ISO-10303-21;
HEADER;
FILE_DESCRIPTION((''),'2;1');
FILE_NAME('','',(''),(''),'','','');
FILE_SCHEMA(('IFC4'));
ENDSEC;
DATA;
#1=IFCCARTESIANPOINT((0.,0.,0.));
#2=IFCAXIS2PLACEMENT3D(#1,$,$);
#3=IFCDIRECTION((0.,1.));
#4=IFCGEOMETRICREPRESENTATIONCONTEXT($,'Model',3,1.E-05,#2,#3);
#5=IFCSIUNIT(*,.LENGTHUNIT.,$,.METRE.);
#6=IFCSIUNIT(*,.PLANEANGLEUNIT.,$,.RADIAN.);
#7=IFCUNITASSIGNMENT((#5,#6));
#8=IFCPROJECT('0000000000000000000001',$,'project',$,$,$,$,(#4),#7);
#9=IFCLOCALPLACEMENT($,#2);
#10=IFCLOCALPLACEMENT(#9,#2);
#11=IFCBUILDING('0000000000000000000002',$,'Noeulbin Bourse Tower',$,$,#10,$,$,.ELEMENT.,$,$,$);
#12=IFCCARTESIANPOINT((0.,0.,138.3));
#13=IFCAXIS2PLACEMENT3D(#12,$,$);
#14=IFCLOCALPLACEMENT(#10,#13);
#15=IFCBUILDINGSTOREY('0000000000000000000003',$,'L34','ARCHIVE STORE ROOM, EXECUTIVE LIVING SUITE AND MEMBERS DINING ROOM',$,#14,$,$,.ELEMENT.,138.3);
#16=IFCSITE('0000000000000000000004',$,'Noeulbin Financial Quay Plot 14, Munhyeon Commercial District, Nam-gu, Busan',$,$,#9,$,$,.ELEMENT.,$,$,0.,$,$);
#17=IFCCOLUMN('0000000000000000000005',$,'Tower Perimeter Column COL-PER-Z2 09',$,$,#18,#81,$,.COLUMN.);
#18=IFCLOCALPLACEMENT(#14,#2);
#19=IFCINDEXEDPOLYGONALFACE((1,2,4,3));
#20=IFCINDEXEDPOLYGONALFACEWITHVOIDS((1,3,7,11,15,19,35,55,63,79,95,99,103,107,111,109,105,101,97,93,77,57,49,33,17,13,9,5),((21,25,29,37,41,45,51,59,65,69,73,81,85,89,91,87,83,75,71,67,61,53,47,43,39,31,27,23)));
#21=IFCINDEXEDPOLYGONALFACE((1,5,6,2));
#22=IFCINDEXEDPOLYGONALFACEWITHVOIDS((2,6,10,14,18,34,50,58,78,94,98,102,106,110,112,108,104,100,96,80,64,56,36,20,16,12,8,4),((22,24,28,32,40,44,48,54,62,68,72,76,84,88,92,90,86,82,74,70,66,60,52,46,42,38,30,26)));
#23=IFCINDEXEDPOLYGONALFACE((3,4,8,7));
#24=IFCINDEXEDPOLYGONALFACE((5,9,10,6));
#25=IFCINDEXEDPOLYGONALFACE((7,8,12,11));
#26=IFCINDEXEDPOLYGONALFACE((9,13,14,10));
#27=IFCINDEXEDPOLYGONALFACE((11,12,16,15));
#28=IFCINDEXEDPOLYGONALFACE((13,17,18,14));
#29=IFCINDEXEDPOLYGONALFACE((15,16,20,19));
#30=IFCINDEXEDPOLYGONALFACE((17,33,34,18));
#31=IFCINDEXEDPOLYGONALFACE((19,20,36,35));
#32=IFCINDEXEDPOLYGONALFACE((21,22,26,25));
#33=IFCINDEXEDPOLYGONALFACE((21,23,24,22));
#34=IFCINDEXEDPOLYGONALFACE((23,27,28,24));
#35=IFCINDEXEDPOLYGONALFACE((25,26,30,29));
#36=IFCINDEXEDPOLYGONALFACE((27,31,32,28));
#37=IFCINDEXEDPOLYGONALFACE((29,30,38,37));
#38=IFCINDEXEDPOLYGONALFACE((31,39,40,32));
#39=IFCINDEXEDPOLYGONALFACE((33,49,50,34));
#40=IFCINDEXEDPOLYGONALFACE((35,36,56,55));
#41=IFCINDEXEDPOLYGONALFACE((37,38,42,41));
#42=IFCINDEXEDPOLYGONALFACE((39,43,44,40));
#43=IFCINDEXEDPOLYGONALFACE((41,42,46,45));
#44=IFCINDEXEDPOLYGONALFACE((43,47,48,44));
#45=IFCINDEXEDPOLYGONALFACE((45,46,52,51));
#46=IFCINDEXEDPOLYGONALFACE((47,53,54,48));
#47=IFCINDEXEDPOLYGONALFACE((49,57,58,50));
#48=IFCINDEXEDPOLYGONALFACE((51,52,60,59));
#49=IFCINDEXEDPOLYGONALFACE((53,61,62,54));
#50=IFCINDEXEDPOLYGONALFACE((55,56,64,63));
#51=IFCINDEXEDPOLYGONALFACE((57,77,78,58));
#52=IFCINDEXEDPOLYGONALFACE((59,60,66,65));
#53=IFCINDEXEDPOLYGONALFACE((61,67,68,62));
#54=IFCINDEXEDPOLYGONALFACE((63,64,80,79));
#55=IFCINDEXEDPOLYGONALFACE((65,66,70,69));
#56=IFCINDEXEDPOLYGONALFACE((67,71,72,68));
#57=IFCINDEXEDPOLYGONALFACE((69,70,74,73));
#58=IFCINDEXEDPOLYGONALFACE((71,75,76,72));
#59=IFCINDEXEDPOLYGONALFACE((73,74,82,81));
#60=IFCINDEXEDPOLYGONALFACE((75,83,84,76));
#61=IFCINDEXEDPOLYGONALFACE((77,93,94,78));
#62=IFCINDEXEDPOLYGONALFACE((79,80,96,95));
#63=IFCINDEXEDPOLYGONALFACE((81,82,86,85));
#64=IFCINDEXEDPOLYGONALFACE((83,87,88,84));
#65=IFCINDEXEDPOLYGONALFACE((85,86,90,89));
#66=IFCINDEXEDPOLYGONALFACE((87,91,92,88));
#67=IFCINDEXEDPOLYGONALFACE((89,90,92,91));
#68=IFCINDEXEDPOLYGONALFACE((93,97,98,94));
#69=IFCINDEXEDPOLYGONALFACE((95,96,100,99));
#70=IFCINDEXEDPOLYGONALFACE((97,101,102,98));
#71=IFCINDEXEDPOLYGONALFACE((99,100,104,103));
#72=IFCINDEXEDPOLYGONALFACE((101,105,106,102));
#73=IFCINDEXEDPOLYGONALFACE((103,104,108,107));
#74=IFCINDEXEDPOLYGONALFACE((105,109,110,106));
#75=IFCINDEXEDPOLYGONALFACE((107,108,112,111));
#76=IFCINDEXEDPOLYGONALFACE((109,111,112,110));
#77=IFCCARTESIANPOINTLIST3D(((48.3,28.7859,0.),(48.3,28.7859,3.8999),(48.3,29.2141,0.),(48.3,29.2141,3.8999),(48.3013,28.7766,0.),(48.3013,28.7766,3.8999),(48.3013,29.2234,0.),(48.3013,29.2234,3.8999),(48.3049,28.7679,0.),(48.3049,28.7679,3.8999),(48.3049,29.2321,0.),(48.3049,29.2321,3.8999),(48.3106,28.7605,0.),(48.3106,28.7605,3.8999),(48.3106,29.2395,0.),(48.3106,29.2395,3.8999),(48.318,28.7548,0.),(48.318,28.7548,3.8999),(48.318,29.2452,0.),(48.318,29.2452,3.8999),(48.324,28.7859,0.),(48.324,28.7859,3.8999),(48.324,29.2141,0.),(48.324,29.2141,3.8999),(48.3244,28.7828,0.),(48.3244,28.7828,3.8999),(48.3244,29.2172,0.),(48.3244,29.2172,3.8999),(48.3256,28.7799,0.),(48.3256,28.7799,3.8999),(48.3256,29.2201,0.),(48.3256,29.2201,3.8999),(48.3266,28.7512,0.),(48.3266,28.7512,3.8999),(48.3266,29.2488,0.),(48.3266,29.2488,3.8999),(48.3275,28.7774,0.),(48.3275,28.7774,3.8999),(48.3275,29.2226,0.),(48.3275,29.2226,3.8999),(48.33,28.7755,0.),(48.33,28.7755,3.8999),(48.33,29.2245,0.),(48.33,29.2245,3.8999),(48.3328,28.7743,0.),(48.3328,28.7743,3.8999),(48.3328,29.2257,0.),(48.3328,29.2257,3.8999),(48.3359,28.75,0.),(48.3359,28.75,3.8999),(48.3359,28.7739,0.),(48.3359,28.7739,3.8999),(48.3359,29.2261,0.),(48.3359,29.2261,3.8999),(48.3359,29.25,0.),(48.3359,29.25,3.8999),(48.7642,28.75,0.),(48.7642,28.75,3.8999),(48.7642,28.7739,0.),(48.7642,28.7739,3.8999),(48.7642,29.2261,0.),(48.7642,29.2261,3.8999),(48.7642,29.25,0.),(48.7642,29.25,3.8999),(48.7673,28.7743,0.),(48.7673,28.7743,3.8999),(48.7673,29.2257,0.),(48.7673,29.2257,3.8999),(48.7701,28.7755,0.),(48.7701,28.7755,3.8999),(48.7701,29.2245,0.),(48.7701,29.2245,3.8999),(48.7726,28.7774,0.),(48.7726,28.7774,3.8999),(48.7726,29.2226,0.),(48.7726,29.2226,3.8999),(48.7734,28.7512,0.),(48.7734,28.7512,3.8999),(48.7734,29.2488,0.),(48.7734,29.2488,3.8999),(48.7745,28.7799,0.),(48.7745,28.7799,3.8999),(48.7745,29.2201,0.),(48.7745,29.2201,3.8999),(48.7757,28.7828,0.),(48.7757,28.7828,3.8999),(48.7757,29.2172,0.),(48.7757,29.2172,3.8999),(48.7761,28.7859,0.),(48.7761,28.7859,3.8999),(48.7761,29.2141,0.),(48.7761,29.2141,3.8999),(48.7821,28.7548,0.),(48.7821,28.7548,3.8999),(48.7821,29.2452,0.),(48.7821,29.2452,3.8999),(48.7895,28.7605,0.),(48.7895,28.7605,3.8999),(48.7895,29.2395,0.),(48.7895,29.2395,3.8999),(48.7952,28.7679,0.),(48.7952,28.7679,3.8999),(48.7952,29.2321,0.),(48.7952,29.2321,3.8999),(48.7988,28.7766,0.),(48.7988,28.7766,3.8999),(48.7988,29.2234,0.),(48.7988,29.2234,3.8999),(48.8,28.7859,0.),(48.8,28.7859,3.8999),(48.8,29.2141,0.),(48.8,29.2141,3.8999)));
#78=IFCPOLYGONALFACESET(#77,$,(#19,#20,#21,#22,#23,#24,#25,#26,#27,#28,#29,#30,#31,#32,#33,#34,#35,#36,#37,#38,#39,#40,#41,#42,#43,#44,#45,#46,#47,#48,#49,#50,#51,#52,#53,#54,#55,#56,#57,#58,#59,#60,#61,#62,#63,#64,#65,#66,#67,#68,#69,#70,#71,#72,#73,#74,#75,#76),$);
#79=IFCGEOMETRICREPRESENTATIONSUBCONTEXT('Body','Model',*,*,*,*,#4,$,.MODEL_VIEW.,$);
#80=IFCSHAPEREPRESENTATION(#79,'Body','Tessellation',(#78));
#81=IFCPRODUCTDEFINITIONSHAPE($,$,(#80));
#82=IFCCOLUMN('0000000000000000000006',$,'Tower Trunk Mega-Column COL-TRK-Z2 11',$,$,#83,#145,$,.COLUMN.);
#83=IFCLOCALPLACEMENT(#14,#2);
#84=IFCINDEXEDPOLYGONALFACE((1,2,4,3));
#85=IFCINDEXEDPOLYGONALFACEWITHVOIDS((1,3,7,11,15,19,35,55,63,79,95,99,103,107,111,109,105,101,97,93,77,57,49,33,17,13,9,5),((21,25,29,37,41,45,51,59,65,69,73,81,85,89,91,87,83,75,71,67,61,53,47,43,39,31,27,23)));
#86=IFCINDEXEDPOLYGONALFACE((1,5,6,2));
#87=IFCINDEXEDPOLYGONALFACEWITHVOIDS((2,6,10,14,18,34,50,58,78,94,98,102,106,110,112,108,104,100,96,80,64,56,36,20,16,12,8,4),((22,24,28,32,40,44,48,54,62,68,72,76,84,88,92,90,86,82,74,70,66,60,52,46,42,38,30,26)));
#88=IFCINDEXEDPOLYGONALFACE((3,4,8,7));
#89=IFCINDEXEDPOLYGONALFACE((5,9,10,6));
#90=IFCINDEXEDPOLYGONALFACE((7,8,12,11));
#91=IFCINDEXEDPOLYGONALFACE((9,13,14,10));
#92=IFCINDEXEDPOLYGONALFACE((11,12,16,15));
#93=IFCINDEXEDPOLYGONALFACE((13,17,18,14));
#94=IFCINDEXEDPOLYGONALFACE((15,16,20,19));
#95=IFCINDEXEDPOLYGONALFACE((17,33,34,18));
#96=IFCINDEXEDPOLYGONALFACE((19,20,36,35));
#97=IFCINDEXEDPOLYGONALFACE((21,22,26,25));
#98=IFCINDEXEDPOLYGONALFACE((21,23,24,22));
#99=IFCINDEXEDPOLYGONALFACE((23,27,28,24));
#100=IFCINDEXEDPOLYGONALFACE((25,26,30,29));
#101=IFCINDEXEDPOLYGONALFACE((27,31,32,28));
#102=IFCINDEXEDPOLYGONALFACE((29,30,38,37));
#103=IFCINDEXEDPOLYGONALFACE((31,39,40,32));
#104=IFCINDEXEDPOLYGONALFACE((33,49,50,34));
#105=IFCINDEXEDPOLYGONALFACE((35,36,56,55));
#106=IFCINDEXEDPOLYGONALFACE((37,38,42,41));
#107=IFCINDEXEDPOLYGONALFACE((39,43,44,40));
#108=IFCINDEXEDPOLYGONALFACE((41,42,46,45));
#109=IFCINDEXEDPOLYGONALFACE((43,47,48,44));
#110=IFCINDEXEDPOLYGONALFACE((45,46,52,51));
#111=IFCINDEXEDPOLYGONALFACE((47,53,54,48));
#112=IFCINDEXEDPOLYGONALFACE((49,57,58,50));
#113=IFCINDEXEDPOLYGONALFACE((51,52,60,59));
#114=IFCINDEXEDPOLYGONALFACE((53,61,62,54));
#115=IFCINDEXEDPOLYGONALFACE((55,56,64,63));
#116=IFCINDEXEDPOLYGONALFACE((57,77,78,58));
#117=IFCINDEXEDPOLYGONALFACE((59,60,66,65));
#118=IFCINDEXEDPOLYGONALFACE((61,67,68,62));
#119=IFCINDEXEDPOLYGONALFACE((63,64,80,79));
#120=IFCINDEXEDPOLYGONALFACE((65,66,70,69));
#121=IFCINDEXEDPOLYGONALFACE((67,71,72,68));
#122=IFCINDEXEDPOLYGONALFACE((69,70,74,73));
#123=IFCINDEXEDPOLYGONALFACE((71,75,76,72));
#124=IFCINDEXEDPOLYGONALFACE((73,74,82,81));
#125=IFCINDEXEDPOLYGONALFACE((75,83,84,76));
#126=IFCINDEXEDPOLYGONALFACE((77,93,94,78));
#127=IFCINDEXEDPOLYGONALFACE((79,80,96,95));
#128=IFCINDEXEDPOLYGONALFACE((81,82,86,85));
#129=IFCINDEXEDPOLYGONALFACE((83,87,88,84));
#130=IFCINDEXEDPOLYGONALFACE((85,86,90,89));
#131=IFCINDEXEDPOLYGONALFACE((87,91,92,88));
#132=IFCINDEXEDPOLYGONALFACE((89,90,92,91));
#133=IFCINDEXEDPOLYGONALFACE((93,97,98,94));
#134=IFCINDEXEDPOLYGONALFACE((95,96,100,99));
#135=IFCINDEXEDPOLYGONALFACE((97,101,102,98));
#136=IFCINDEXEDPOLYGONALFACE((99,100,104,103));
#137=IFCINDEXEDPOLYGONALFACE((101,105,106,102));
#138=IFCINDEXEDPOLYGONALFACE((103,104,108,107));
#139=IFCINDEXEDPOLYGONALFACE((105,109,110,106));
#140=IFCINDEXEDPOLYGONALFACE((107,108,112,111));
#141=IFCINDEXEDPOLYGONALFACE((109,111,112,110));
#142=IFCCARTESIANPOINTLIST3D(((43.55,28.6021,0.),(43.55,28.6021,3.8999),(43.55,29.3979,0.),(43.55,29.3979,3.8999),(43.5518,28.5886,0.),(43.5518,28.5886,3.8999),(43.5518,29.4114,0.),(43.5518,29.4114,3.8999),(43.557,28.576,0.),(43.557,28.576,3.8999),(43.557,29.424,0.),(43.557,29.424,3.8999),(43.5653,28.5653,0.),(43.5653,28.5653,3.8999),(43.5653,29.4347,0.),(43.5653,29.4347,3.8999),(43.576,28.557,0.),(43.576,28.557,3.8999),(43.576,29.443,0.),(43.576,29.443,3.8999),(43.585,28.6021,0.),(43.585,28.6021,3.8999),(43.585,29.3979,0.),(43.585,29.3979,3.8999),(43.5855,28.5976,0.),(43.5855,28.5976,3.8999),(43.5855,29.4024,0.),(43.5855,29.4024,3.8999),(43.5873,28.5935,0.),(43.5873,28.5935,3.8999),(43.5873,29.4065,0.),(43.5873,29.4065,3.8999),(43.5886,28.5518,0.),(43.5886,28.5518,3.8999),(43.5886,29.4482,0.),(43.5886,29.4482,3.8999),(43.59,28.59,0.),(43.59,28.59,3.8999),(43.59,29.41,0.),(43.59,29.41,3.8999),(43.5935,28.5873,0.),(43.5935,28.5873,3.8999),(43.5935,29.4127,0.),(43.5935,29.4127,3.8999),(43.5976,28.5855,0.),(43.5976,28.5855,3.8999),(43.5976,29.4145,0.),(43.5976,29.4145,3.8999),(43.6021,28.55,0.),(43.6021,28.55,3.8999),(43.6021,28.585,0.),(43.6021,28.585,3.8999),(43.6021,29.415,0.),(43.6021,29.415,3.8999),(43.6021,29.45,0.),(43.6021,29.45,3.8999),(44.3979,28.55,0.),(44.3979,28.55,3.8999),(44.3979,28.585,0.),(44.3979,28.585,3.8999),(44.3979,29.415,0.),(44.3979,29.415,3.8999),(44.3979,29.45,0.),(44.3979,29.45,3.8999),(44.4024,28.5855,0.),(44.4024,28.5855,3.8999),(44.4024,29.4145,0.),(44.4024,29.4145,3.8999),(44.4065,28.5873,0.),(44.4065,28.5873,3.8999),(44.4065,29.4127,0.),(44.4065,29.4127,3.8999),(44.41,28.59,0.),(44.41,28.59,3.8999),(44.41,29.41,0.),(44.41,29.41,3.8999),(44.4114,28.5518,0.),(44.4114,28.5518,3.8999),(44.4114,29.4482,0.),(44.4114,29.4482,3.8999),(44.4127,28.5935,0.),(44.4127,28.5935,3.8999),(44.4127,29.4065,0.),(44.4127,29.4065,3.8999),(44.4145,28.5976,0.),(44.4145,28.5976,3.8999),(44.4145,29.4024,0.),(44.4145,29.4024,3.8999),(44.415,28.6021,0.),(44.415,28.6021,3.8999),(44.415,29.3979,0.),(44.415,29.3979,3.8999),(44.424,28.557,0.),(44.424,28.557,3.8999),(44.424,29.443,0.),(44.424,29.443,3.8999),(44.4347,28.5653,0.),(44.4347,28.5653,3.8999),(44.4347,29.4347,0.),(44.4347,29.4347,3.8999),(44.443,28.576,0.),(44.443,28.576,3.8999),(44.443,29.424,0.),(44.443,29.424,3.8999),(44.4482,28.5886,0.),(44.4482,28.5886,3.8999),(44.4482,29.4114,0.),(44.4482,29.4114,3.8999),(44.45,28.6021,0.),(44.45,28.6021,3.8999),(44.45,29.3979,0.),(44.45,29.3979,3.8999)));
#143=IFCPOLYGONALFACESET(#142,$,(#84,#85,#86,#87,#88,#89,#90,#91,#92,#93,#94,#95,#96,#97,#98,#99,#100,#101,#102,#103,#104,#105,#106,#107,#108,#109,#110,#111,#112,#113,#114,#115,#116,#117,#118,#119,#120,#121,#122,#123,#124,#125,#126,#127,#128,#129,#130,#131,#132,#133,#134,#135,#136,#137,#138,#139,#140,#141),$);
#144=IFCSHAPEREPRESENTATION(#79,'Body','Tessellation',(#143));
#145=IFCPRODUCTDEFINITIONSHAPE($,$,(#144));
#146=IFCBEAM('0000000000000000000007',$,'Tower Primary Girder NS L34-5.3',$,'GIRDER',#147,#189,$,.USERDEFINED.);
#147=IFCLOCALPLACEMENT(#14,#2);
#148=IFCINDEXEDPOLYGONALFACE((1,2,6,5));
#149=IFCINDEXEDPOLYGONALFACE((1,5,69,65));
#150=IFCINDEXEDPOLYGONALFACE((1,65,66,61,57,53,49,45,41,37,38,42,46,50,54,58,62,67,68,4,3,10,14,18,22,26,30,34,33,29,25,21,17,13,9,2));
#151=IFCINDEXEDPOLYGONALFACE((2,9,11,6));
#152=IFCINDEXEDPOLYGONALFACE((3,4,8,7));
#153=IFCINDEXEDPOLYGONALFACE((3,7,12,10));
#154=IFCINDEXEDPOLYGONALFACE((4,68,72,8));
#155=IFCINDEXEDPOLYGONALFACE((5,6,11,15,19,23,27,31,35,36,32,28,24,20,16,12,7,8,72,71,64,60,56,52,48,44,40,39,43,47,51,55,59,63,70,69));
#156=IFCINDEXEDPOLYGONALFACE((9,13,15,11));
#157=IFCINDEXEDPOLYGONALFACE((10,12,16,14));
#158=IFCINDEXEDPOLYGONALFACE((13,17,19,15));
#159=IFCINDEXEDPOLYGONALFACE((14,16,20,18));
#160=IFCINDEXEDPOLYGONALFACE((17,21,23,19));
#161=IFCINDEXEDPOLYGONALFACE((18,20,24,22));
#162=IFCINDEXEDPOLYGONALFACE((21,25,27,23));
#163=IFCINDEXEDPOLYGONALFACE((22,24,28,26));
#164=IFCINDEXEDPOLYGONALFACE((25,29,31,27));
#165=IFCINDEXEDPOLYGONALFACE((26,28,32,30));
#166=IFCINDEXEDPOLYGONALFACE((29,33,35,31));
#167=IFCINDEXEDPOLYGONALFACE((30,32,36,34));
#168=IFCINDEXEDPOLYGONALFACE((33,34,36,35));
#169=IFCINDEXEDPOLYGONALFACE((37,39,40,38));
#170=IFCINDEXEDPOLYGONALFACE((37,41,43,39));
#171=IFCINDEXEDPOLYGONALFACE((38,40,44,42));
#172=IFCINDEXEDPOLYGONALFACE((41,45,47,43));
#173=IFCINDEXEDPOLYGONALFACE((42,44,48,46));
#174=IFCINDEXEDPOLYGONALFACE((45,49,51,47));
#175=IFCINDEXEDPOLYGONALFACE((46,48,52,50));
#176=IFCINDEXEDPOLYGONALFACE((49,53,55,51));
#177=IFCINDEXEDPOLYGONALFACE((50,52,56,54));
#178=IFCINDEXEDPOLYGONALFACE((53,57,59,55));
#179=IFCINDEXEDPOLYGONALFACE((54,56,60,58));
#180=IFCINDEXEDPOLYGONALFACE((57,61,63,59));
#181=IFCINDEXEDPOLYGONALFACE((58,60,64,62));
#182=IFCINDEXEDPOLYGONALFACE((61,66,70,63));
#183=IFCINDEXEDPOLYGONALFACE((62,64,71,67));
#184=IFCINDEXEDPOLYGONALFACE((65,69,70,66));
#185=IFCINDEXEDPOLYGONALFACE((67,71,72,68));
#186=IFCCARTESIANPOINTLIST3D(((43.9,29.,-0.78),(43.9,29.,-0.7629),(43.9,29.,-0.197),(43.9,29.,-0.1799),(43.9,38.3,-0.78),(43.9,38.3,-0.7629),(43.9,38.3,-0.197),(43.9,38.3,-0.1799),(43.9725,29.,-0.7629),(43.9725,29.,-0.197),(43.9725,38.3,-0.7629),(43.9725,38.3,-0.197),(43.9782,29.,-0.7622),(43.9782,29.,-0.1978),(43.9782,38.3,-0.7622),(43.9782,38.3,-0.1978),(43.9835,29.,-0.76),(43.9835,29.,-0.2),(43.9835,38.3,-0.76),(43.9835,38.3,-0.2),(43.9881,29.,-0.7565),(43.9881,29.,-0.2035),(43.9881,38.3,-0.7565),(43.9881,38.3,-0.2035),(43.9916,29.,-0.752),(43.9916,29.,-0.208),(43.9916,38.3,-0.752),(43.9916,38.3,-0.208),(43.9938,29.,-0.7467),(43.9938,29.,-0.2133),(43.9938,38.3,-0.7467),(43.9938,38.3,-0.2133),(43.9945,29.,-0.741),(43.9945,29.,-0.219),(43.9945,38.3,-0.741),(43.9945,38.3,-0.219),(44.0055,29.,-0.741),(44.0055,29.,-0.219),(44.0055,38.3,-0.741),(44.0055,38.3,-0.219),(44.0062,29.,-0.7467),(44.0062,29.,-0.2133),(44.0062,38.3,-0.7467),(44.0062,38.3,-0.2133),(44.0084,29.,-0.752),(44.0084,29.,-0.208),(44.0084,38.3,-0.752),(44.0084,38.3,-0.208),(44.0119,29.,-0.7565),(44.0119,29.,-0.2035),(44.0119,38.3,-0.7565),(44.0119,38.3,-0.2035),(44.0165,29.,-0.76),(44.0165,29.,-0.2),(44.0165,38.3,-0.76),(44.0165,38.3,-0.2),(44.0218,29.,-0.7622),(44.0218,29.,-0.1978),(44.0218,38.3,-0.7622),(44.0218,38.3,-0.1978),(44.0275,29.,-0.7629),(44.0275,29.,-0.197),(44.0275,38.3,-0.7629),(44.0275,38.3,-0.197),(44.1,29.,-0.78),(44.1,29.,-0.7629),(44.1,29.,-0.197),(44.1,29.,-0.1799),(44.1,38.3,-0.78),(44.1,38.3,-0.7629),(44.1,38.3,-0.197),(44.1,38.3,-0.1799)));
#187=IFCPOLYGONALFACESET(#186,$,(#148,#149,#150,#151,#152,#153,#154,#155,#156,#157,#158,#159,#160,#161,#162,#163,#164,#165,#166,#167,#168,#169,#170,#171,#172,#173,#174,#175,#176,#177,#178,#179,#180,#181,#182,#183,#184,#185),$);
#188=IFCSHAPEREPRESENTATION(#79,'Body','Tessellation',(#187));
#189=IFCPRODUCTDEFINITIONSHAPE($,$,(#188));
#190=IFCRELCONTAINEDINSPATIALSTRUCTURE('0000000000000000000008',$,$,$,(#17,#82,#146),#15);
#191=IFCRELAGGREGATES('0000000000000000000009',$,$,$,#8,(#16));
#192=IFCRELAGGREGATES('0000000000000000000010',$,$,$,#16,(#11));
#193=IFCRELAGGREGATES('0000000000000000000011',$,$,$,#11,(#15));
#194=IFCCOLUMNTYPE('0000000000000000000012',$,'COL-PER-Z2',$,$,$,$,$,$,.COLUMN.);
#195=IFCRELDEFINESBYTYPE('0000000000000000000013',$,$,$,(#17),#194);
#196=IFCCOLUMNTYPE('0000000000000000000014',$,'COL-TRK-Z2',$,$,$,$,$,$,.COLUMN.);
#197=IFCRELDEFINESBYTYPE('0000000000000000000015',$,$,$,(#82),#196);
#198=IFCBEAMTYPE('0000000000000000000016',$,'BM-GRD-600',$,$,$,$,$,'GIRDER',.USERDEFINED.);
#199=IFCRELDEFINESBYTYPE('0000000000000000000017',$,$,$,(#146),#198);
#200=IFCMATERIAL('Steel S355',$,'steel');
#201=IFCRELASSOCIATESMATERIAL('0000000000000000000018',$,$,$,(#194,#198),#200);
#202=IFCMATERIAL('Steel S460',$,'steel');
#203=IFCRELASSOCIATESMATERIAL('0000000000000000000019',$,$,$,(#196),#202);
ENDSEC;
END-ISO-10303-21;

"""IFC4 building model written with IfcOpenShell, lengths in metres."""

from ifc_helpers import new_model, si_unit, direction, frame, origin, origin_2d, place, context, subcontext, project, spatial, hollow_rectangle, i_section, extrude, material, material_profile, profile_set, type_object, element, save


model = new_model("IFC4")

# Units and contexts
model_context = context("Model", 3, precision=1e-05, world=origin(), true_north=direction((0.0, 1.0)))
body_context = subcontext(model_context, "Body", "Model", "MODEL_VIEW")
ifc_project = project(units=[si_unit("LENGTHUNIT", "METRE"), si_unit("PLANEANGLEUNIT", "RADIAN")], contexts=[model_context])

# Site, building, storey
site_placement = place(None, origin())
site = spatial("IfcSite", under=ifc_project, at=site_placement, Name="Noeulbin Financial Quay Plot 14, Munhyeon Commercial District, Nam-gu, Busan", CompositionType="ELEMENT", RefElevation=0.0)
building_placement = place(site_placement, origin())
building = spatial("IfcBuilding", under=site, at=building_placement, Name="Noeulbin Bourse Tower", CompositionType="ELEMENT")
storey_placement = place(building_placement, frame((0.0, 0.0, 138.3)))
storey = spatial("IfcBuildingStorey", under=building, at=storey_placement, Name="L34", Description="ARCHIVE STORE ROOM, EXECUTIVE LIVING SUITE AND MEMBERS DINING ROOM", CompositionType="ELEMENT", Elevation=138.3)

# Columns
ifc_material_1 = material(Name="Steel S355", Category="steel")
ifc_material_profile_1 = material_profile(ifc_material_1, hollow_rectangle(XDim=0.5, YDim=0.5, WallThickness=0.0239, InnerFilletRadius=0.012, OuterFilletRadius=0.0359, at=origin_2d()), Name="BOX-500x500x24", Category="LoadBearing")
ifc_profile_set_1 = profile_set([ifc_material_profile_1], Name="Steel S355")
column_type_1 = type_object("IfcColumnType", Name="COL-PER-Z2", PredefinedType="COLUMN", material=ifc_profile_set_1)
column_1_placement = place(storey_placement, frame((48.55, 29.0, 0.0), z_axis=(0.0, 0.0, 1.0), x_axis=(1.0, 0.0, 0.0)))
element("IfcColumn", 1, at=column_1_placement, inside=storey, type_object=column_type_1, Name="Tower Perimeter Column COL-PER-Z2 09", PredefinedType="COLUMN", context=body_context, shape_type="SweptSolid", body=[
    extrude(hollow_rectangle(XDim=0.5, YDim=0.5, WallThickness=0.0239, InnerFilletRadius=0.012, OuterFilletRadius=0.0359, at=origin_2d()), origin(), (0.0, 0.0, 1.0), 3.8999),
])
ifc_material_2 = material(Name="Steel S460", Category="steel")
ifc_material_profile_2 = material_profile(ifc_material_2, hollow_rectangle(XDim=0.8999, YDim=0.8999, WallThickness=0.0349, InnerFilletRadius=0.0171, OuterFilletRadius=0.052, at=origin_2d()), Name="BOX-900x900x35", Category="LoadBearing")
ifc_profile_set_2 = profile_set([ifc_material_profile_2], Name="Steel S460")
column_type_2 = type_object("IfcColumnType", Name="COL-TRK-Z2", PredefinedType="COLUMN", material=ifc_profile_set_2)
column_2_placement = place(storey_placement, frame((44.0, 29.0, 0.0), z_axis=(0.0, 0.0, 1.0), x_axis=(1.0, 0.0, 0.0)))
element("IfcColumn", 2, at=column_2_placement, inside=storey, type_object=column_type_2, Name="Tower Trunk Mega-Column COL-TRK-Z2 11", PredefinedType="COLUMN", context=body_context, shape_type="SweptSolid", body=[
    extrude(hollow_rectangle(XDim=0.8999, YDim=0.8999, WallThickness=0.0349, InnerFilletRadius=0.0171, OuterFilletRadius=0.052, at=origin_2d()), origin(), (0.0, 0.0, 1.0), 3.8999),
])

# Beam
ifc_material_profile_3 = material_profile(ifc_material_1, i_section(OverallWidth=0.2, OverallDepth=0.6001, WebThickness=0.011, FlangeThickness=0.0171, FilletRadius=0.022, at=origin_2d()), Name="H-600x200x11x17", Category="LoadBearing")
ifc_profile_set_3 = profile_set([ifc_material_profile_3], Name="Steel S355")
beam_type_1 = type_object("IfcBeamType", Name="BM-GRD-600", ElementType="GIRDER", PredefinedType="USERDEFINED", material=ifc_profile_set_3)
beam_1_placement = place(storey_placement, frame((44.0, 29.0, -0.48), z_axis=(0.0, 1.0, 0.0), x_axis=(-1.0, 0.0, 0.0)))
element("IfcBeam", 3, at=beam_1_placement, inside=storey, type_object=beam_type_1, Name="Tower Primary Girder NS L34-5.3", ObjectType="GIRDER", PredefinedType="USERDEFINED", context=body_context, shape_type="SweptSolid", body=[
    extrude(i_section(OverallWidth=0.2, OverallDepth=0.6001, WebThickness=0.011, FlangeThickness=0.0171, FilletRadius=0.022, at=origin_2d()), origin(), (0.0, 0.0, 1.0), 9.3),
])

save(model, "model.ifc")
